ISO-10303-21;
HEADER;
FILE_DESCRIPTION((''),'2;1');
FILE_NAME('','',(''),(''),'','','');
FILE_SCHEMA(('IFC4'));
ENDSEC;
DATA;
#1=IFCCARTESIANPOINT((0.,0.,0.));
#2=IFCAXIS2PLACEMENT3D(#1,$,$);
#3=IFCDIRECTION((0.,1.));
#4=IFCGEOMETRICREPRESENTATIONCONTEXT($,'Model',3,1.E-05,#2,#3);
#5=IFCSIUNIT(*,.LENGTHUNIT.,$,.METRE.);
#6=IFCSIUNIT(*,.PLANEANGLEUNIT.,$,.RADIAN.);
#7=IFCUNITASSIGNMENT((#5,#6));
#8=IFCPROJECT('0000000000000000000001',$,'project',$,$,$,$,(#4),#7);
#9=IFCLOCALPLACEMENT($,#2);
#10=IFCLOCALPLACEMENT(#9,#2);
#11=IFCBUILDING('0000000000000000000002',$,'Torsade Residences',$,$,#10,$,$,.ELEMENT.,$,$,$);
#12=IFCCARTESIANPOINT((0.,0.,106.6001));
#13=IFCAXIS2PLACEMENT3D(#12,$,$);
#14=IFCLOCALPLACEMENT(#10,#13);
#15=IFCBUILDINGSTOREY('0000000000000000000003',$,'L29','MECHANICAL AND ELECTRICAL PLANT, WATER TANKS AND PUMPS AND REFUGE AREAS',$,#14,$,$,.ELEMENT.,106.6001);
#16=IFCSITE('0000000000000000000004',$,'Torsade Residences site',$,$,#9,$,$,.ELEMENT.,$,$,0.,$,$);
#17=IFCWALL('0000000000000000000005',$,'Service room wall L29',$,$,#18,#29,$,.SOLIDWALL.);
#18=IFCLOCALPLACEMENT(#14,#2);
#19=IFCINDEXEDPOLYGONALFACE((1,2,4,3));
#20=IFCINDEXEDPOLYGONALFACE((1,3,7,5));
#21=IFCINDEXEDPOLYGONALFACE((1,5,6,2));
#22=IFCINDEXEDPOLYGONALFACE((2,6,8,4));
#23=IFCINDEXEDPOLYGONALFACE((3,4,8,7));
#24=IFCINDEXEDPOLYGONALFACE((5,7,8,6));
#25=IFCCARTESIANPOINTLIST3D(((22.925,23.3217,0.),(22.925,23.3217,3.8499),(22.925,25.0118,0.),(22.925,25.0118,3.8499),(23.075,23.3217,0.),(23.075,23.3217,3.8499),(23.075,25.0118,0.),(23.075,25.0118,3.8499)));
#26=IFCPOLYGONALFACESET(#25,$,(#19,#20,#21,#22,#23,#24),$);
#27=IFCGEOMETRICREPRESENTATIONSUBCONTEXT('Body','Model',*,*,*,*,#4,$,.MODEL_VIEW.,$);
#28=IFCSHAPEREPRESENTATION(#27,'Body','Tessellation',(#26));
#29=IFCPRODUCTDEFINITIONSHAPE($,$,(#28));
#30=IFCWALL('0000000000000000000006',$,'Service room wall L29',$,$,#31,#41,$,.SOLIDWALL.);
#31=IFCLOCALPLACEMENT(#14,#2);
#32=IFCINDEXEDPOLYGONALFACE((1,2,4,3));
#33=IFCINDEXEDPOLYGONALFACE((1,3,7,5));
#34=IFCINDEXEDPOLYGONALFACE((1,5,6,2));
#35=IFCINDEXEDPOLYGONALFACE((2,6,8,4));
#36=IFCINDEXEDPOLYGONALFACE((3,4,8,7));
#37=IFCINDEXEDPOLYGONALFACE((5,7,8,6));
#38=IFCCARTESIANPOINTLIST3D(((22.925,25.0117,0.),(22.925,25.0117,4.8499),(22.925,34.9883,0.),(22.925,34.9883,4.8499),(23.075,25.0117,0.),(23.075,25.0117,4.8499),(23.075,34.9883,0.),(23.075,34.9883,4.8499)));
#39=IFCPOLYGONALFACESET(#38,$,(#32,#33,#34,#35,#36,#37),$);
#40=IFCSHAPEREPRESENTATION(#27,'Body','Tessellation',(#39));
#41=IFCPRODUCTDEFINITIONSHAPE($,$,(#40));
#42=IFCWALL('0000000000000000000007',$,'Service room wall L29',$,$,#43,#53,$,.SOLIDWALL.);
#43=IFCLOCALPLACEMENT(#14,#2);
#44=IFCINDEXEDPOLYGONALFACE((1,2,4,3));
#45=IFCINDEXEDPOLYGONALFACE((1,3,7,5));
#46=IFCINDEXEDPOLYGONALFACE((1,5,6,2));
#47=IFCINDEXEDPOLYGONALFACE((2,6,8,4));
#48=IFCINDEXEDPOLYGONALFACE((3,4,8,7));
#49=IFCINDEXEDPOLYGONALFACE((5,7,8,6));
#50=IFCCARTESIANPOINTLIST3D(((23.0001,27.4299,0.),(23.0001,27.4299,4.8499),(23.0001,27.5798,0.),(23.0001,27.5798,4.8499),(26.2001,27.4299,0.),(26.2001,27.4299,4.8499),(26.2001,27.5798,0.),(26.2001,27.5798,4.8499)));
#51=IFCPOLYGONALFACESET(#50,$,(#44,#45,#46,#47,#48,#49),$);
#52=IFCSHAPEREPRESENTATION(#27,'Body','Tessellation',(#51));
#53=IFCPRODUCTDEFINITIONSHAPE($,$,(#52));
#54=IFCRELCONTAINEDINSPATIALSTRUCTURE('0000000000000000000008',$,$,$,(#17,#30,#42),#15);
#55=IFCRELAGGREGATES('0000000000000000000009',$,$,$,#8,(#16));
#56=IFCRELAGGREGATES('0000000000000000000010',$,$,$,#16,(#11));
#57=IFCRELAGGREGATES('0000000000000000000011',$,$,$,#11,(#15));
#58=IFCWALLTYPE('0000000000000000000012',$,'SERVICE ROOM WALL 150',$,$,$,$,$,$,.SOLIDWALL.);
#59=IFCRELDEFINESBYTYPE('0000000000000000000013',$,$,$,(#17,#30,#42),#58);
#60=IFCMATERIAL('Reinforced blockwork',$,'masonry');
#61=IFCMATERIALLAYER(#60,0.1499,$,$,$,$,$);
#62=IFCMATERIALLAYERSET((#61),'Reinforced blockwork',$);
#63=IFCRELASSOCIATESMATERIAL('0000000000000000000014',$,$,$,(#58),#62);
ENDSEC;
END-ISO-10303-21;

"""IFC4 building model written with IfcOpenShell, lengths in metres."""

from ifc_helpers import new_model, si_unit, direction, frame, frame_2d, origin, place, context, subcontext, project, spatial, rectangle, extrude, material, layer, layer_set, type_object, element, save


model = new_model("IFC4")

# Units and contexts
model_context = context("Model", 3, precision=1e-05, world=origin(), true_north=direction((0.0, 1.0)))
body_context = subcontext(model_context, "Body", "Model", "MODEL_VIEW")
ifc_project = project(units=[si_unit("LENGTHUNIT", "METRE"), si_unit("PLANEANGLEUNIT", "RADIAN")], contexts=[model_context])

# Site, building, storey
site_placement = place(None, origin())
site = spatial("IfcSite", under=ifc_project, at=site_placement, Name="Torsade Residences site", CompositionType="ELEMENT", RefElevation=0.0)
building_placement = place(site_placement, origin())
building = spatial("IfcBuilding", under=site, at=building_placement, Name="Torsade Residences", CompositionType="ELEMENT")
storey_placement = place(building_placement, frame((0.0, 0.0, 106.6001)))
storey = spatial("IfcBuildingStorey", under=building, at=storey_placement, Name="L29", Description="MECHANICAL AND ELECTRICAL PLANT, WATER TANKS AND PUMPS AND REFUGE AREAS", CompositionType="ELEMENT", Elevation=106.6001)

# Shared definitions
ifc_material_1 = material(Name="Reinforced blockwork", Category="masonry")
ifc_layer_1 = layer(ifc_material_1, 0.1499)
ifc_layer_set_1 = layer_set([ifc_layer_1], Name="Reinforced blockwork")
wall_type_1 = type_object("IfcWallType", Name="SERVICE ROOM WALL 150", PredefinedType="SOLIDWALL", material=ifc_layer_set_1)

# Walls
wall_1_placement = place(storey_placement, frame((23.0, 23.3215, 0.0), z_axis=(0.0, 0.0, 1.0), x_axis=(0.0, 1.0, 0.0)))
element("IfcWall", 1, at=wall_1_placement, inside=storey, type_object=wall_type_1, Name="Service room wall L29", PredefinedType="SOLIDWALL", context=body_context, shape_type="SweptSolid", body=[
    extrude(rectangle(XDim=1.6902, YDim=0.1499, at=frame_2d((0.8452, 0.0))), origin(), (0.0, 0.0, 1.0), 3.8499),
])
wall_2_placement = place(storey_placement, frame((23.0, 25.0117, 0.0), z_axis=(0.0, 0.0, 1.0), x_axis=(0.0, 1.0, 0.0)))
element("IfcWall", 2, at=wall_2_placement, inside=storey, type_object=wall_type_1, Name="Service room wall L29", PredefinedType="SOLIDWALL", context=body_context, shape_type="SweptSolid", body=[
    extrude(rectangle(XDim=9.9766, YDim=0.1499, at=frame_2d((4.9883, 0.0))), origin(), (0.0, 0.0, 1.0), 4.8499),
])
wall_3_placement = place(storey_placement, frame((23.0, 27.5049, 0.0), z_axis=(0.0, 0.0, 1.0), x_axis=(1.0, 0.0, 0.0)))
element("IfcWall", 3, at=wall_3_placement, inside=storey, type_object=wall_type_1, Name="Service room wall L29", PredefinedType="SOLIDWALL", context=body_context, shape_type="SweptSolid", body=[
    extrude(rectangle(XDim=3.2, YDim=0.1499, at=frame_2d((1.6001, 0.0))), origin(), (0.0, 0.0, 1.0), 4.8499),
])

save(model, "model.ifc")
